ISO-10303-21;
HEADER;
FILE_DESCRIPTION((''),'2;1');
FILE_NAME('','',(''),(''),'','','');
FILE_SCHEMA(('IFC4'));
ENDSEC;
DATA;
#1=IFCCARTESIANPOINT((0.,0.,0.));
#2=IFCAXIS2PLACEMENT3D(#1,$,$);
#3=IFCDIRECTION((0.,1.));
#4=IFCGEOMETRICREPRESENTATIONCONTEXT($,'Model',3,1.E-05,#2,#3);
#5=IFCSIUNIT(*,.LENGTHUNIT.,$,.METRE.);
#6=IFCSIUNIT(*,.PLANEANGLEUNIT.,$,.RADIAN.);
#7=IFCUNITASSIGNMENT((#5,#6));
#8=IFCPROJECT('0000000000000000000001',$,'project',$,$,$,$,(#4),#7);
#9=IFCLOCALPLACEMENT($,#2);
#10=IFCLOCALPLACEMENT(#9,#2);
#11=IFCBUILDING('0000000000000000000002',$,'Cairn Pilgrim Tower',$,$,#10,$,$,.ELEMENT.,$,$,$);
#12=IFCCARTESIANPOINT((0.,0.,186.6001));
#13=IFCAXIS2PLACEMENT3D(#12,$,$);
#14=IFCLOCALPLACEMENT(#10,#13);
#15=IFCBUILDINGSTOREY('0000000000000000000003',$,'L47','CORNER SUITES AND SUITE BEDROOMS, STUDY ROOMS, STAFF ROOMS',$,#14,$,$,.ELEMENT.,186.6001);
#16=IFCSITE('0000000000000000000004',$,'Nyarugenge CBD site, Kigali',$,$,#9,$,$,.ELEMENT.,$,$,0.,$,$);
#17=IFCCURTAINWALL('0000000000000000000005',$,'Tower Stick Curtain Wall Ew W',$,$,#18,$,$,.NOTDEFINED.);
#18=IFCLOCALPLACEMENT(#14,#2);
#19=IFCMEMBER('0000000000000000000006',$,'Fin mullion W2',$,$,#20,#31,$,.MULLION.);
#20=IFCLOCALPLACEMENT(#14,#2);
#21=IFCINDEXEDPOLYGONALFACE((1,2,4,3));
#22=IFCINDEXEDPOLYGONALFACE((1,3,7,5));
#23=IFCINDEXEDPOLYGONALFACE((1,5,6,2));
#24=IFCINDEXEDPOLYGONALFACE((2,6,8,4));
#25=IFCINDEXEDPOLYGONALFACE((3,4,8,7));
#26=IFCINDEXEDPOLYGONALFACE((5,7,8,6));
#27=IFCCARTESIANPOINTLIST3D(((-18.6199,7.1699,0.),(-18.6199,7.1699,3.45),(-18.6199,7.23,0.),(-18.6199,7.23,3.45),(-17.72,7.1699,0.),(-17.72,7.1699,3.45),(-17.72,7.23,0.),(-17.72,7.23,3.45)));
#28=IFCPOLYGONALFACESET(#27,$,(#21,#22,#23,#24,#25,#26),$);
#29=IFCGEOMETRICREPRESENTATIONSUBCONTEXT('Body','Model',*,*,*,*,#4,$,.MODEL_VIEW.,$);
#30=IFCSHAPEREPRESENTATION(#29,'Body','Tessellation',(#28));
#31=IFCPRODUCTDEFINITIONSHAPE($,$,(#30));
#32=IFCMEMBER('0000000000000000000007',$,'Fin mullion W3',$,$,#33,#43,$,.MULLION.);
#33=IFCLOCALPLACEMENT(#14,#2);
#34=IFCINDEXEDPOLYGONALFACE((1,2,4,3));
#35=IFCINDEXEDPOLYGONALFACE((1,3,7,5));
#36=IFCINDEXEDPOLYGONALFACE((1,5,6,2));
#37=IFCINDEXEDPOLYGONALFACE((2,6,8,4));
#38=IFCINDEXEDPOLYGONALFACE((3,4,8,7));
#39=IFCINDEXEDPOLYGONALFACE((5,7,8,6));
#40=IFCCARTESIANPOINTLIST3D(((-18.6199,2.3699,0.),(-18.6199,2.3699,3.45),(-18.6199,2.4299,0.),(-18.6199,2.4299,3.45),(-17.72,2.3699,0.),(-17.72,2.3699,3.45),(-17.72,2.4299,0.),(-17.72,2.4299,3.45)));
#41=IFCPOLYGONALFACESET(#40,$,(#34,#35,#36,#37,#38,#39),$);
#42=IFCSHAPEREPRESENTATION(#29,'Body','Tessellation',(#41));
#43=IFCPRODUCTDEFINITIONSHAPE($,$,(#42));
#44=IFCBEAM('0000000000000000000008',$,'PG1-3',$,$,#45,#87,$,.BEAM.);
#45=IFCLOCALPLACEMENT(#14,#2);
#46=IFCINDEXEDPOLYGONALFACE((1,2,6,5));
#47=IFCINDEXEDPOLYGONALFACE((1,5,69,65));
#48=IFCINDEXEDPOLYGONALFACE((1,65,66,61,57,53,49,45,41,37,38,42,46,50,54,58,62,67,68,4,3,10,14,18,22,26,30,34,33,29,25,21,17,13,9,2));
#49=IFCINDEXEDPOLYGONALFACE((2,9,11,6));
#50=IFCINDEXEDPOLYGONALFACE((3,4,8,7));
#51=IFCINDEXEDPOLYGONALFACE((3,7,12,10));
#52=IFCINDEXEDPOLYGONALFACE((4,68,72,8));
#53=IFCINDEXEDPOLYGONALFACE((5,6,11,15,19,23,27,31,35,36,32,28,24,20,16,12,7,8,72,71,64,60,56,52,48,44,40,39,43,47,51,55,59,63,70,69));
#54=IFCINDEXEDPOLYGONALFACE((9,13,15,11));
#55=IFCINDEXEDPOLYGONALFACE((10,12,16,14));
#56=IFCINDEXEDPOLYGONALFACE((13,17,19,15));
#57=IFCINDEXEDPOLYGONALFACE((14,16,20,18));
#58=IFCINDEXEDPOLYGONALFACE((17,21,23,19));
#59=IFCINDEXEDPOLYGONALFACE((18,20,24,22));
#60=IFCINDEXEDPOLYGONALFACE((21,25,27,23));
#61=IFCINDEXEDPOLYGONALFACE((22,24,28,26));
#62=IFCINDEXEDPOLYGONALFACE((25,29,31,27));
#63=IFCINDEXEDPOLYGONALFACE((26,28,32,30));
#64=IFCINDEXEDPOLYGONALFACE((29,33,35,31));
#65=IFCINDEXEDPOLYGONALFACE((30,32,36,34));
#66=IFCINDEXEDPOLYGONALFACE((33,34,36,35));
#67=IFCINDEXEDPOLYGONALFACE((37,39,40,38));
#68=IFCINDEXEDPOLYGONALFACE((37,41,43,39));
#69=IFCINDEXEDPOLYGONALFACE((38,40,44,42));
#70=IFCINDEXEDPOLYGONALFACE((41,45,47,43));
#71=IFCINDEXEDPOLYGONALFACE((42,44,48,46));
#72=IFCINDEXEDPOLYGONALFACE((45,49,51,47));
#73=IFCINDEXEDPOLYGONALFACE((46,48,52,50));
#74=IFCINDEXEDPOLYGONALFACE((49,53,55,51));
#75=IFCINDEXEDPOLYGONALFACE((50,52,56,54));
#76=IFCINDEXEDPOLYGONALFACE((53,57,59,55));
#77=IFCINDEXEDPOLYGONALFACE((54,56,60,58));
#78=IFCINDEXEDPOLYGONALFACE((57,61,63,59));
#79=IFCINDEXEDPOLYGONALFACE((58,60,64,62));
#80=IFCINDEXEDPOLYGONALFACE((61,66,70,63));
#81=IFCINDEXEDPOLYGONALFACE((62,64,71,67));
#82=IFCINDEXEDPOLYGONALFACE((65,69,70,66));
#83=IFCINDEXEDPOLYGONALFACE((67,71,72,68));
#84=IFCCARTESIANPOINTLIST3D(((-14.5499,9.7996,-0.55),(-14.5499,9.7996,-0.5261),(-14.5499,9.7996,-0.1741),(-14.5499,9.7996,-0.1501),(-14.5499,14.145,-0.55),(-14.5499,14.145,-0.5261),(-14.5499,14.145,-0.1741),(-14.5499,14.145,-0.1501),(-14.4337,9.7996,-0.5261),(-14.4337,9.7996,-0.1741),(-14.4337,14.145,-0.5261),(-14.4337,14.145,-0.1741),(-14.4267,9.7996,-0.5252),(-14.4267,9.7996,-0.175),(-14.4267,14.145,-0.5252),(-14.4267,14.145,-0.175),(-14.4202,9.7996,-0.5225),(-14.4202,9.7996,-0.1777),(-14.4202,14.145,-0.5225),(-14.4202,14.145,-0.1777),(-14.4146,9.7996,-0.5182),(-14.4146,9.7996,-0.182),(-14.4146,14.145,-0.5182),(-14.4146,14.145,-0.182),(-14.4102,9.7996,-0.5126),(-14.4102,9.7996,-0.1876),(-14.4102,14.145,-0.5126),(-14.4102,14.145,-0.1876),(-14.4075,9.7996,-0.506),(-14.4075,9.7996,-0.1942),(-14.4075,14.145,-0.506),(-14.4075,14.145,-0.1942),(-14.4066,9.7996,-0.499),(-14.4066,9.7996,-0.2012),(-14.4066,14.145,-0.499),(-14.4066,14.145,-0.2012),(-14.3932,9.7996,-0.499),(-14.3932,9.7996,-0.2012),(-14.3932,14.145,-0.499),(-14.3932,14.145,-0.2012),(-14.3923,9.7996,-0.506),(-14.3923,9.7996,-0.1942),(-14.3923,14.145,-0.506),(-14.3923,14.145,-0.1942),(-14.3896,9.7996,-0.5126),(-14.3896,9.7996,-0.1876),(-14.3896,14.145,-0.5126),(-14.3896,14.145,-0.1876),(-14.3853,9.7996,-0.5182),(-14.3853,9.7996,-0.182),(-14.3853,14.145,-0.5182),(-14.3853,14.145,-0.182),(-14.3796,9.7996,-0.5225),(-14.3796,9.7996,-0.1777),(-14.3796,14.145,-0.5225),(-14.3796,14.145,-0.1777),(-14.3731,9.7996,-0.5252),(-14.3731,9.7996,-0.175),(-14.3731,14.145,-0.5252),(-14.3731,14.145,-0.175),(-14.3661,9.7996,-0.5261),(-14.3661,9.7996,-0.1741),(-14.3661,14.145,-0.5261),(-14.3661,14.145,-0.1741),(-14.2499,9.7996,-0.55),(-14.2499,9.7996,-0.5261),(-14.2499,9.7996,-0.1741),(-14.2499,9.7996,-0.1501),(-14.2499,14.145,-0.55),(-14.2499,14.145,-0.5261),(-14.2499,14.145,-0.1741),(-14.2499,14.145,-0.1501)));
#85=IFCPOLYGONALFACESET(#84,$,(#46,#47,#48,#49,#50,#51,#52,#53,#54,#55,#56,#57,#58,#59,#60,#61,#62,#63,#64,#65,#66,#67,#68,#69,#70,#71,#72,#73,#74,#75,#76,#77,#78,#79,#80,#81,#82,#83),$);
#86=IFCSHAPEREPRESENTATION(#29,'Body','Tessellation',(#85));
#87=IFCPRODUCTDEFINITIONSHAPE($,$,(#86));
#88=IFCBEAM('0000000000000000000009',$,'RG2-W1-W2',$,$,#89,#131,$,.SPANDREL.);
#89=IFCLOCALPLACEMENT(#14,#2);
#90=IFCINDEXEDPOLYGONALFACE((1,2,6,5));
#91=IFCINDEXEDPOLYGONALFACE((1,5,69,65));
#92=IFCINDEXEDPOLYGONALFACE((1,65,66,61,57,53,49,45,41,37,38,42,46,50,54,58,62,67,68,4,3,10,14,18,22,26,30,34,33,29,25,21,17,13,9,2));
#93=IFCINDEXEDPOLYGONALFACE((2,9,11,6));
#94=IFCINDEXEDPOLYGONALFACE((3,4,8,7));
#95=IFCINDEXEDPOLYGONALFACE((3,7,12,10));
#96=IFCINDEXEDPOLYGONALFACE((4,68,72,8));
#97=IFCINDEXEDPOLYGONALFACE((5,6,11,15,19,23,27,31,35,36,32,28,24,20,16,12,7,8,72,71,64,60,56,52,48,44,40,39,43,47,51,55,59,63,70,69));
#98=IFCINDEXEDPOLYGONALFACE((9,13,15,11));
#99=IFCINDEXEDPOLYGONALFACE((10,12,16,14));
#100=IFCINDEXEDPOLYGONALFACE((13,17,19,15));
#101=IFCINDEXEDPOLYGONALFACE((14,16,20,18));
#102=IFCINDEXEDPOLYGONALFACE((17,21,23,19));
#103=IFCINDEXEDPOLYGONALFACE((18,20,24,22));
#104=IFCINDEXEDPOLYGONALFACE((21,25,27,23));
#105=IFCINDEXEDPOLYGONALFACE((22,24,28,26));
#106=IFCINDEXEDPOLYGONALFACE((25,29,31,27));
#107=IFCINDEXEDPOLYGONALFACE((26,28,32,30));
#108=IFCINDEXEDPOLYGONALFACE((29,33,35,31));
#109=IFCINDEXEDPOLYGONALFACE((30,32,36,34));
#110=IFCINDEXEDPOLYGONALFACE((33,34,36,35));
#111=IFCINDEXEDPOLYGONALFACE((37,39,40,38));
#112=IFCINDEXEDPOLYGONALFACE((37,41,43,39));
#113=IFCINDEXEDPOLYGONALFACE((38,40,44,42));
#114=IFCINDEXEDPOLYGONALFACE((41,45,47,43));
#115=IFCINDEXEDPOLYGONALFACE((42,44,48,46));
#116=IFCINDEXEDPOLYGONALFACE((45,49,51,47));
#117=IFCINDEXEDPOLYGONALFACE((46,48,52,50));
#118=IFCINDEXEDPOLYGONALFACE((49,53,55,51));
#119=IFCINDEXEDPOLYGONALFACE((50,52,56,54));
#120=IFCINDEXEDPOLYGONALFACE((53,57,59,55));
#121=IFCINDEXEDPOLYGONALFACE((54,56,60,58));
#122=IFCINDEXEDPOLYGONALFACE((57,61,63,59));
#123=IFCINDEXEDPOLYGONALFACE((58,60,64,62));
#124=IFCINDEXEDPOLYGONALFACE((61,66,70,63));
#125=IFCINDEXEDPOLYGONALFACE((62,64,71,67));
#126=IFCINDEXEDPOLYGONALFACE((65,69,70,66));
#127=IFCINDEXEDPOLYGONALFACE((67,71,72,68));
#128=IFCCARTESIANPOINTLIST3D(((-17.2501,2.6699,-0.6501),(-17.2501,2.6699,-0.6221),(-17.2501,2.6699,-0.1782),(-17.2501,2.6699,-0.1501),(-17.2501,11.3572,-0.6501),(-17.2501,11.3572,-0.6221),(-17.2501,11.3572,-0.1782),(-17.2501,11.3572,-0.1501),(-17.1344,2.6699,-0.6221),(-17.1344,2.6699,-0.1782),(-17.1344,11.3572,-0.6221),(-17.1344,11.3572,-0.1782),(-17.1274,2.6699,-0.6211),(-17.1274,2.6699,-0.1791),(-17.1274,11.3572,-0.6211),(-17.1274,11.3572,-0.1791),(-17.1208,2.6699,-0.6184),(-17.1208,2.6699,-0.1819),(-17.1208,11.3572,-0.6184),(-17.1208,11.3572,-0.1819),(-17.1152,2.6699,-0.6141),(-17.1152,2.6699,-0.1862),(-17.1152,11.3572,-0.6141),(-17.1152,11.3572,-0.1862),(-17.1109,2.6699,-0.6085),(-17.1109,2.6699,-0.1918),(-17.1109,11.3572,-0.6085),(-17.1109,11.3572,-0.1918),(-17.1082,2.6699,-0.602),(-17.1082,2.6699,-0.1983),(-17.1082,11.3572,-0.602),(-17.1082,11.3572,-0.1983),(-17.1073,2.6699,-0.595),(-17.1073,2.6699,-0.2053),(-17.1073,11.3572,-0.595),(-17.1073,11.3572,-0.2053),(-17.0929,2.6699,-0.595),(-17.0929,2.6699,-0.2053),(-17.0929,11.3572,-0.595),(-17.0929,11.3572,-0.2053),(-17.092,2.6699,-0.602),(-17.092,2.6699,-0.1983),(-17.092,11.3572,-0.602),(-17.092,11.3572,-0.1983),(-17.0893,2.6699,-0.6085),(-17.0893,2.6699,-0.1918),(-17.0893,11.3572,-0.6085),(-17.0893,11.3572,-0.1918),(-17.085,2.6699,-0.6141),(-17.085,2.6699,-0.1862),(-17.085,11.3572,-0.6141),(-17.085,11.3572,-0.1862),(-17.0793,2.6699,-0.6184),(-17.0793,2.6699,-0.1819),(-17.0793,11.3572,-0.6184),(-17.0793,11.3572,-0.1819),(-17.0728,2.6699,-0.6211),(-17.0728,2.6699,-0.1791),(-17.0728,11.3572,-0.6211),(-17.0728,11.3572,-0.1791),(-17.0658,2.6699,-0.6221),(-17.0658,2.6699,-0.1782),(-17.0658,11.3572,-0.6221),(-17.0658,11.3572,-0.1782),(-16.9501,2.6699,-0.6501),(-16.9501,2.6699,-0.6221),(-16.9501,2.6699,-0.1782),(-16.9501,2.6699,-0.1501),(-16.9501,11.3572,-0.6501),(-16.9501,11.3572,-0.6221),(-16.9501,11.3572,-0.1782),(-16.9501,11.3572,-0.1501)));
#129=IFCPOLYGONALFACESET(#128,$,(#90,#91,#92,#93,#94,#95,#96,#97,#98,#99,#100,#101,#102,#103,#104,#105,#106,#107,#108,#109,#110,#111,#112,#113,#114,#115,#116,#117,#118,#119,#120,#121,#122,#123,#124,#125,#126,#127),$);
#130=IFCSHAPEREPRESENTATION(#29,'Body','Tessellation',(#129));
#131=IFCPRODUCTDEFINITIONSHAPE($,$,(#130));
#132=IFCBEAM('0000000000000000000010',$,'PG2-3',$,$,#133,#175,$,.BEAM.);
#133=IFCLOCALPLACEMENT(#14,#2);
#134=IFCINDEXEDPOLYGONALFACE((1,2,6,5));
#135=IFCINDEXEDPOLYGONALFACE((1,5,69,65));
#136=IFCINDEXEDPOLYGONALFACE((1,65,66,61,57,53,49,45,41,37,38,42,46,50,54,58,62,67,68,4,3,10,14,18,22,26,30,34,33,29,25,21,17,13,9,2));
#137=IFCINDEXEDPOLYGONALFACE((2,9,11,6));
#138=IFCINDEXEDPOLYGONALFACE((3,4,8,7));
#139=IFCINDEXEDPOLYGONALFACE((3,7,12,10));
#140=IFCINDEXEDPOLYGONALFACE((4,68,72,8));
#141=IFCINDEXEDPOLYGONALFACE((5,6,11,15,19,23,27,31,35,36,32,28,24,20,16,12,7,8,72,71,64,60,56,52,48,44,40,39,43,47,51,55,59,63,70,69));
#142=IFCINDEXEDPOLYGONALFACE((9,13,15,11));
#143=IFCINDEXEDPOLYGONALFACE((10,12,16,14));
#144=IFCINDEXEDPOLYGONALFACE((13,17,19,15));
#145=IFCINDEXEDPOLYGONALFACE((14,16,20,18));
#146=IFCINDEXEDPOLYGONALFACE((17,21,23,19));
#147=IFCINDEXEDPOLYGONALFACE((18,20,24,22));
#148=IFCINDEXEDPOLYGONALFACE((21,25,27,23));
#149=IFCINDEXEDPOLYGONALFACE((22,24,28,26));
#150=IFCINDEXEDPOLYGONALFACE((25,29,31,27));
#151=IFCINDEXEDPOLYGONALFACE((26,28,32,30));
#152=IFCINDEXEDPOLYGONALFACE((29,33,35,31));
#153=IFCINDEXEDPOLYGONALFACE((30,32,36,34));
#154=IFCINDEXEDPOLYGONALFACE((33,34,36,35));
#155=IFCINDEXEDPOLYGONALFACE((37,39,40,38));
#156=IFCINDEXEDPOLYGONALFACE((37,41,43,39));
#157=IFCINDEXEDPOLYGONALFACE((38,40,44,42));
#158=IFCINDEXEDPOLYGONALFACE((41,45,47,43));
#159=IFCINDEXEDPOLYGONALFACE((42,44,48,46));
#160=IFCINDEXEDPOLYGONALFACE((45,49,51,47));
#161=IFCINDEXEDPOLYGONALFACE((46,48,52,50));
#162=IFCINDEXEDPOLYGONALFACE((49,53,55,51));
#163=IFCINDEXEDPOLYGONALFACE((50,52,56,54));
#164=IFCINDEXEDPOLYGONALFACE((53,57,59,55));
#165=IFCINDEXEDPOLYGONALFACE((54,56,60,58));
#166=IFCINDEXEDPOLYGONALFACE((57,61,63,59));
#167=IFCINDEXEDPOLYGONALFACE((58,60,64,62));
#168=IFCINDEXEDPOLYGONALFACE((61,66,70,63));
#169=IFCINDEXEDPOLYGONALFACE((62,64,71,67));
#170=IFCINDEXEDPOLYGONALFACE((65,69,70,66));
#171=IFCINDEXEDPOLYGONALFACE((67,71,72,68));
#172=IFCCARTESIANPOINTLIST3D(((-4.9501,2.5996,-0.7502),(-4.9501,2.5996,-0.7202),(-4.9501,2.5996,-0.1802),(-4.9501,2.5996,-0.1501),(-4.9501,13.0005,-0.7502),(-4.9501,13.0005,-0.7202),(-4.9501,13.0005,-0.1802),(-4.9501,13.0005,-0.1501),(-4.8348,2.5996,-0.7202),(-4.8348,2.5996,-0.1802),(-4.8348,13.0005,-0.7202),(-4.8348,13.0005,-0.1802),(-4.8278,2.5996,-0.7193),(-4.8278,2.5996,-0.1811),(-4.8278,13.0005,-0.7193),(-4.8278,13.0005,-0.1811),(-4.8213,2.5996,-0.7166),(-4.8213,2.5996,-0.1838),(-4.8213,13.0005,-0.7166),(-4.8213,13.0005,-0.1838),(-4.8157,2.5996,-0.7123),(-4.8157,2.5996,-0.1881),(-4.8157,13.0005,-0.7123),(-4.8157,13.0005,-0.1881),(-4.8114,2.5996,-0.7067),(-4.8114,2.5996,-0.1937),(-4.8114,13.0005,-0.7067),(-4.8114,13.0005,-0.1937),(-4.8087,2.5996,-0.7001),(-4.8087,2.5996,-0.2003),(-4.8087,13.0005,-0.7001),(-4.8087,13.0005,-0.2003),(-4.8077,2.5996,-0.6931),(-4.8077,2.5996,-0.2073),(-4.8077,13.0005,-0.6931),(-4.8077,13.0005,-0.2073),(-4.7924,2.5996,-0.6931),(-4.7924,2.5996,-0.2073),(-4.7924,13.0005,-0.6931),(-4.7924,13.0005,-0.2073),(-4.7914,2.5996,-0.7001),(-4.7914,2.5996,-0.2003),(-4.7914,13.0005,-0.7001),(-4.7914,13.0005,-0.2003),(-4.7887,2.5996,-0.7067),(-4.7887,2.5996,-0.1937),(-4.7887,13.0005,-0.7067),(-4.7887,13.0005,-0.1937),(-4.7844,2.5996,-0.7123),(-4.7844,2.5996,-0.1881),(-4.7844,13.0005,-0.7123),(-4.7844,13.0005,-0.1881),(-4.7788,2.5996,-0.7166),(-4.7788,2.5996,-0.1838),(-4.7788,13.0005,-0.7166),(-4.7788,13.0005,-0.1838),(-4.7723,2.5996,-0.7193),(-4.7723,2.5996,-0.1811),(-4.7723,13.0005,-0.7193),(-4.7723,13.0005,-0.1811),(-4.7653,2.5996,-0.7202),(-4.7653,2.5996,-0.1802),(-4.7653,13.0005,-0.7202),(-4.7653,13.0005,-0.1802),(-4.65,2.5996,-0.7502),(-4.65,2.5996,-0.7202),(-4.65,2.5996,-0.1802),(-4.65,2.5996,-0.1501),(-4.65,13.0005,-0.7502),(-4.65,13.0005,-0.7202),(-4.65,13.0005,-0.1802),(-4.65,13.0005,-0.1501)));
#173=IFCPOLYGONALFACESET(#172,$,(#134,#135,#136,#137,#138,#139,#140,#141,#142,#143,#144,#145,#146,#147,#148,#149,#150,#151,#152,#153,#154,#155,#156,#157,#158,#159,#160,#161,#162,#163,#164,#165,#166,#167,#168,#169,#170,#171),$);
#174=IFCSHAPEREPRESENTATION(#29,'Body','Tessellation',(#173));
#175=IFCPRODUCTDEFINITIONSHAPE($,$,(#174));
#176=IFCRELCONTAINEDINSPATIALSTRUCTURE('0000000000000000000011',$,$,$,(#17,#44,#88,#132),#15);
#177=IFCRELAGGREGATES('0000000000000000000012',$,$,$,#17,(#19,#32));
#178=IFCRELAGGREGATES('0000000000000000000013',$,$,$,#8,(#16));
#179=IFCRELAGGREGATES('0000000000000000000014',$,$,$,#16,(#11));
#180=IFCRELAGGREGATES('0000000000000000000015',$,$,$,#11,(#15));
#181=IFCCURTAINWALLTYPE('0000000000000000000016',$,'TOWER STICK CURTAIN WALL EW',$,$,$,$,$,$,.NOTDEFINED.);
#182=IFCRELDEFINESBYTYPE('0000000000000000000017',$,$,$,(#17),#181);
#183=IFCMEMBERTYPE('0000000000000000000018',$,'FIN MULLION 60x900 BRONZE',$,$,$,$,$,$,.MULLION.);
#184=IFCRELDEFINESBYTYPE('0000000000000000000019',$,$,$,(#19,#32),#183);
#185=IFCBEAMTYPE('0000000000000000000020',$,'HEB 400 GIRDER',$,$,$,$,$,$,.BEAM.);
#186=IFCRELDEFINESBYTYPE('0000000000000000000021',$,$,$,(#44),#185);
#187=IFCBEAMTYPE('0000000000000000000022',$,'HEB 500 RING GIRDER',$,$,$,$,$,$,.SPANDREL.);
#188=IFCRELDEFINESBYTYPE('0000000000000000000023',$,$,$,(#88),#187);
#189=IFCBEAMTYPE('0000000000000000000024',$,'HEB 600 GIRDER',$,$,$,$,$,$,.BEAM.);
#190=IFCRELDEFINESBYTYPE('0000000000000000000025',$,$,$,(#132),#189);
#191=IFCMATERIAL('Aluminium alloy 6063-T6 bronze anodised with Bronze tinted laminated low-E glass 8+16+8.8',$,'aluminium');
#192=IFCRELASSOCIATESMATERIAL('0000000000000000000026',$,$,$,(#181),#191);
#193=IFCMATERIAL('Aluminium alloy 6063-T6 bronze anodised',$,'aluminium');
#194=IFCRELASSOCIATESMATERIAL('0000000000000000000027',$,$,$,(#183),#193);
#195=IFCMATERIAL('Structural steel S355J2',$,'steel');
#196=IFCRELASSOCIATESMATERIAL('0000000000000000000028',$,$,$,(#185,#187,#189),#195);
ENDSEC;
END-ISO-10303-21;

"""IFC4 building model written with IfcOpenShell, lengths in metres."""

from ifc_helpers import new_model, si_unit, direction, frame, origin, origin_2d, place, context, subcontext, project, spatial, rectangle, i_section, extrude, material, material_profile, profile_set, type_object, element, aggregate, save


model = new_model("IFC4")

# Units and contexts
model_context = context("Model", 3, precision=1e-05, world=origin(), true_north=direction((0.0, 1.0)))
body_context = subcontext(model_context, "Body", "Model", "MODEL_VIEW")
ifc_project = project(units=[si_unit("LENGTHUNIT", "METRE"), si_unit("PLANEANGLEUNIT", "RADIAN")], contexts=[model_context])

# Site, building, storey
site_placement = place(None, origin())
site = spatial("IfcSite", under=ifc_project, at=site_placement, Name="Nyarugenge CBD site, Kigali", CompositionType="ELEMENT", RefElevation=0.0)
building_placement = place(site_placement, origin())
building = spatial("IfcBuilding", under=site, at=building_placement, Name="Cairn Pilgrim Tower", CompositionType="ELEMENT")
storey_placement = place(building_placement, frame((0.0, 0.0, 186.6001)))
storey = spatial("IfcBuildingStorey", under=building, at=storey_placement, Name="L47", Description="CORNER SUITES AND SUITE BEDROOMS, STUDY ROOMS, STAFF ROOMS", CompositionType="ELEMENT", Elevation=186.6001)

# Shared definitions
ifc_material_1 = material(Name="Structural steel S355J2", Category="steel")

# Curtain wall, members
ifc_material_2 = material(Name="Aluminium alloy 6063-T6 bronze anodised with Bronze tinted laminated low-E glass 8+16+8.8", Category="aluminium")
curtain_wall_type = type_object("IfcCurtainWallType", Name="TOWER STICK CURTAIN WALL EW", PredefinedType="NOTDEFINED", material=ifc_material_2)
curtain_wall_placement = place(storey_placement, origin())
curtain_wall = element("IfcCurtainWall", 1, at=curtain_wall_placement, inside=storey, type_object=curtain_wall_type, Name="Tower Stick Curtain Wall Ew W", PredefinedType="NOTDEFINED")
ifc_material_3 = material(Name="Aluminium alloy 6063-T6 bronze anodised", Category="aluminium")
ifc_material_profile_1 = material_profile(ifc_material_3, rectangle(XDim=0.8999, YDim=0.0601, at=origin_2d()), Name="FIN MULLION 60x900 BRONZE")
ifc_profile_set_1 = profile_set([ifc_material_profile_1], Name="Aluminium alloy 6063-T6 bronze anodised")
member_type_1 = type_object("IfcMemberType", Name="FIN MULLION 60x900 BRONZE", PredefinedType="MULLION", material=ifc_profile_set_1)
member_1_placement = place(storey_placement, frame((-18.1699, 7.2, 0.0), z_axis=(0.0, 0.0, 1.0), x_axis=(-1.0, 0.0, 0.0)))
member_1 = element("IfcMember", 2, at=member_1_placement, type_object=member_type_1, Name="Fin mullion W2", PredefinedType="MULLION", context=body_context, shape_type="SweptSolid", body=[
    extrude(rectangle(XDim=0.8999, YDim=0.0601, at=origin_2d()), origin(), (0.0, 0.0, 1.0), 3.45),
])
member_2_placement = place(storey_placement, frame((-18.1699, 2.3999, 0.0), z_axis=(0.0, 0.0, 1.0), x_axis=(-1.0, 0.0, 0.0)))
member_2 = element("IfcMember", 3, at=member_2_placement, type_object=member_type_1, Name="Fin mullion W3", PredefinedType="MULLION", context=body_context, shape_type="SweptSolid", body=[
    extrude(rectangle(XDim=0.8999, YDim=0.0601, at=origin_2d()), origin(), (0.0, 0.0, 1.0), 3.45),
])

# Beams
ifc_material_profile_2 = material_profile(ifc_material_1, i_section(OverallWidth=0.3, OverallDepth=0.3999, WebThickness=0.0134, FlangeThickness=0.0239, FilletRadius=0.0271, at=origin_2d()), Name="HEB 400")
ifc_profile_set_2 = profile_set([ifc_material_profile_2], Name="Structural steel S355J2")
beam_type_1 = type_object("IfcBeamType", Name="HEB 400 GIRDER", PredefinedType="BEAM", material=ifc_profile_set_2)
beam_1_placement = place(storey_placement, frame((-14.3999, 9.7996, -0.3501), z_axis=(0.0, 1.0, 0.0), x_axis=(-1.0, 0.0, 0.0)))
element("IfcBeam", 4, at=beam_1_placement, inside=storey, type_object=beam_type_1, Name="PG1-3", PredefinedType="BEAM", context=body_context, shape_type="SweptSolid", body=[
    extrude(i_section(OverallWidth=0.3, OverallDepth=0.3999, WebThickness=0.0134, FlangeThickness=0.0239, FilletRadius=0.0271, at=origin_2d()), origin(), (0.0, 0.0, 1.0), 4.3455),
])
ifc_material_profile_3 = material_profile(ifc_material_1, i_section(OverallWidth=0.3, OverallDepth=0.5, WebThickness=0.0144, FlangeThickness=0.0281, FilletRadius=0.0271, at=origin_2d()), Name="HEB 500")
ifc_profile_set_3 = profile_set([ifc_material_profile_3], Name="Structural steel S355J2")
beam_type_2 = type_object("IfcBeamType", Name="HEB 500 RING GIRDER", PredefinedType="SPANDREL", material=ifc_profile_set_3)
beam_2_placement = place(storey_placement, frame((-17.1001, 11.3572, -0.4001), z_axis=(0.0, -1.0, 0.0), x_axis=(1.0, 0.0, 0.0)))
element("IfcBeam", 5, at=beam_2_placement, inside=storey, type_object=beam_type_2, Name="RG2-W1-W2", PredefinedType="SPANDREL", context=body_context, shape_type="SweptSolid", body=[
    extrude(i_section(OverallWidth=0.3, OverallDepth=0.5, WebThickness=0.0144, FlangeThickness=0.0281, FilletRadius=0.0271, at=origin_2d()), origin(), (0.0, 0.0, 1.0), 8.6873),
])
ifc_material_profile_4 = material_profile(ifc_material_1, i_section(OverallWidth=0.3, OverallDepth=0.6001, WebThickness=0.0154, FlangeThickness=0.03, FilletRadius=0.0271, at=origin_2d()), Name="HEB 600")
ifc_profile_set_4 = profile_set([ifc_material_profile_4], Name="Structural steel S355J2")
beam_type_3 = type_object("IfcBeamType", Name="HEB 600 GIRDER", PredefinedType="BEAM", material=ifc_profile_set_4)
beam_3_placement = place(storey_placement, frame((-4.8, 2.5996, -0.4502), z_axis=(0.0, 1.0, 0.0), x_axis=(-1.0, 0.0, 0.0)))
element("IfcBeam", 6, at=beam_3_placement, inside=storey, type_object=beam_type_3, Name="PG2-3", PredefinedType="BEAM", context=body_context, shape_type="SweptSolid", body=[
    extrude(i_section(OverallWidth=0.3, OverallDepth=0.6001, WebThickness=0.0154, FlangeThickness=0.03, FilletRadius=0.0271, at=origin_2d()), origin(), (0.0, 0.0, 1.0), 10.4009),
])

aggregate(curtain_wall, [member_1, member_2])

save(model, "model.ifc")
